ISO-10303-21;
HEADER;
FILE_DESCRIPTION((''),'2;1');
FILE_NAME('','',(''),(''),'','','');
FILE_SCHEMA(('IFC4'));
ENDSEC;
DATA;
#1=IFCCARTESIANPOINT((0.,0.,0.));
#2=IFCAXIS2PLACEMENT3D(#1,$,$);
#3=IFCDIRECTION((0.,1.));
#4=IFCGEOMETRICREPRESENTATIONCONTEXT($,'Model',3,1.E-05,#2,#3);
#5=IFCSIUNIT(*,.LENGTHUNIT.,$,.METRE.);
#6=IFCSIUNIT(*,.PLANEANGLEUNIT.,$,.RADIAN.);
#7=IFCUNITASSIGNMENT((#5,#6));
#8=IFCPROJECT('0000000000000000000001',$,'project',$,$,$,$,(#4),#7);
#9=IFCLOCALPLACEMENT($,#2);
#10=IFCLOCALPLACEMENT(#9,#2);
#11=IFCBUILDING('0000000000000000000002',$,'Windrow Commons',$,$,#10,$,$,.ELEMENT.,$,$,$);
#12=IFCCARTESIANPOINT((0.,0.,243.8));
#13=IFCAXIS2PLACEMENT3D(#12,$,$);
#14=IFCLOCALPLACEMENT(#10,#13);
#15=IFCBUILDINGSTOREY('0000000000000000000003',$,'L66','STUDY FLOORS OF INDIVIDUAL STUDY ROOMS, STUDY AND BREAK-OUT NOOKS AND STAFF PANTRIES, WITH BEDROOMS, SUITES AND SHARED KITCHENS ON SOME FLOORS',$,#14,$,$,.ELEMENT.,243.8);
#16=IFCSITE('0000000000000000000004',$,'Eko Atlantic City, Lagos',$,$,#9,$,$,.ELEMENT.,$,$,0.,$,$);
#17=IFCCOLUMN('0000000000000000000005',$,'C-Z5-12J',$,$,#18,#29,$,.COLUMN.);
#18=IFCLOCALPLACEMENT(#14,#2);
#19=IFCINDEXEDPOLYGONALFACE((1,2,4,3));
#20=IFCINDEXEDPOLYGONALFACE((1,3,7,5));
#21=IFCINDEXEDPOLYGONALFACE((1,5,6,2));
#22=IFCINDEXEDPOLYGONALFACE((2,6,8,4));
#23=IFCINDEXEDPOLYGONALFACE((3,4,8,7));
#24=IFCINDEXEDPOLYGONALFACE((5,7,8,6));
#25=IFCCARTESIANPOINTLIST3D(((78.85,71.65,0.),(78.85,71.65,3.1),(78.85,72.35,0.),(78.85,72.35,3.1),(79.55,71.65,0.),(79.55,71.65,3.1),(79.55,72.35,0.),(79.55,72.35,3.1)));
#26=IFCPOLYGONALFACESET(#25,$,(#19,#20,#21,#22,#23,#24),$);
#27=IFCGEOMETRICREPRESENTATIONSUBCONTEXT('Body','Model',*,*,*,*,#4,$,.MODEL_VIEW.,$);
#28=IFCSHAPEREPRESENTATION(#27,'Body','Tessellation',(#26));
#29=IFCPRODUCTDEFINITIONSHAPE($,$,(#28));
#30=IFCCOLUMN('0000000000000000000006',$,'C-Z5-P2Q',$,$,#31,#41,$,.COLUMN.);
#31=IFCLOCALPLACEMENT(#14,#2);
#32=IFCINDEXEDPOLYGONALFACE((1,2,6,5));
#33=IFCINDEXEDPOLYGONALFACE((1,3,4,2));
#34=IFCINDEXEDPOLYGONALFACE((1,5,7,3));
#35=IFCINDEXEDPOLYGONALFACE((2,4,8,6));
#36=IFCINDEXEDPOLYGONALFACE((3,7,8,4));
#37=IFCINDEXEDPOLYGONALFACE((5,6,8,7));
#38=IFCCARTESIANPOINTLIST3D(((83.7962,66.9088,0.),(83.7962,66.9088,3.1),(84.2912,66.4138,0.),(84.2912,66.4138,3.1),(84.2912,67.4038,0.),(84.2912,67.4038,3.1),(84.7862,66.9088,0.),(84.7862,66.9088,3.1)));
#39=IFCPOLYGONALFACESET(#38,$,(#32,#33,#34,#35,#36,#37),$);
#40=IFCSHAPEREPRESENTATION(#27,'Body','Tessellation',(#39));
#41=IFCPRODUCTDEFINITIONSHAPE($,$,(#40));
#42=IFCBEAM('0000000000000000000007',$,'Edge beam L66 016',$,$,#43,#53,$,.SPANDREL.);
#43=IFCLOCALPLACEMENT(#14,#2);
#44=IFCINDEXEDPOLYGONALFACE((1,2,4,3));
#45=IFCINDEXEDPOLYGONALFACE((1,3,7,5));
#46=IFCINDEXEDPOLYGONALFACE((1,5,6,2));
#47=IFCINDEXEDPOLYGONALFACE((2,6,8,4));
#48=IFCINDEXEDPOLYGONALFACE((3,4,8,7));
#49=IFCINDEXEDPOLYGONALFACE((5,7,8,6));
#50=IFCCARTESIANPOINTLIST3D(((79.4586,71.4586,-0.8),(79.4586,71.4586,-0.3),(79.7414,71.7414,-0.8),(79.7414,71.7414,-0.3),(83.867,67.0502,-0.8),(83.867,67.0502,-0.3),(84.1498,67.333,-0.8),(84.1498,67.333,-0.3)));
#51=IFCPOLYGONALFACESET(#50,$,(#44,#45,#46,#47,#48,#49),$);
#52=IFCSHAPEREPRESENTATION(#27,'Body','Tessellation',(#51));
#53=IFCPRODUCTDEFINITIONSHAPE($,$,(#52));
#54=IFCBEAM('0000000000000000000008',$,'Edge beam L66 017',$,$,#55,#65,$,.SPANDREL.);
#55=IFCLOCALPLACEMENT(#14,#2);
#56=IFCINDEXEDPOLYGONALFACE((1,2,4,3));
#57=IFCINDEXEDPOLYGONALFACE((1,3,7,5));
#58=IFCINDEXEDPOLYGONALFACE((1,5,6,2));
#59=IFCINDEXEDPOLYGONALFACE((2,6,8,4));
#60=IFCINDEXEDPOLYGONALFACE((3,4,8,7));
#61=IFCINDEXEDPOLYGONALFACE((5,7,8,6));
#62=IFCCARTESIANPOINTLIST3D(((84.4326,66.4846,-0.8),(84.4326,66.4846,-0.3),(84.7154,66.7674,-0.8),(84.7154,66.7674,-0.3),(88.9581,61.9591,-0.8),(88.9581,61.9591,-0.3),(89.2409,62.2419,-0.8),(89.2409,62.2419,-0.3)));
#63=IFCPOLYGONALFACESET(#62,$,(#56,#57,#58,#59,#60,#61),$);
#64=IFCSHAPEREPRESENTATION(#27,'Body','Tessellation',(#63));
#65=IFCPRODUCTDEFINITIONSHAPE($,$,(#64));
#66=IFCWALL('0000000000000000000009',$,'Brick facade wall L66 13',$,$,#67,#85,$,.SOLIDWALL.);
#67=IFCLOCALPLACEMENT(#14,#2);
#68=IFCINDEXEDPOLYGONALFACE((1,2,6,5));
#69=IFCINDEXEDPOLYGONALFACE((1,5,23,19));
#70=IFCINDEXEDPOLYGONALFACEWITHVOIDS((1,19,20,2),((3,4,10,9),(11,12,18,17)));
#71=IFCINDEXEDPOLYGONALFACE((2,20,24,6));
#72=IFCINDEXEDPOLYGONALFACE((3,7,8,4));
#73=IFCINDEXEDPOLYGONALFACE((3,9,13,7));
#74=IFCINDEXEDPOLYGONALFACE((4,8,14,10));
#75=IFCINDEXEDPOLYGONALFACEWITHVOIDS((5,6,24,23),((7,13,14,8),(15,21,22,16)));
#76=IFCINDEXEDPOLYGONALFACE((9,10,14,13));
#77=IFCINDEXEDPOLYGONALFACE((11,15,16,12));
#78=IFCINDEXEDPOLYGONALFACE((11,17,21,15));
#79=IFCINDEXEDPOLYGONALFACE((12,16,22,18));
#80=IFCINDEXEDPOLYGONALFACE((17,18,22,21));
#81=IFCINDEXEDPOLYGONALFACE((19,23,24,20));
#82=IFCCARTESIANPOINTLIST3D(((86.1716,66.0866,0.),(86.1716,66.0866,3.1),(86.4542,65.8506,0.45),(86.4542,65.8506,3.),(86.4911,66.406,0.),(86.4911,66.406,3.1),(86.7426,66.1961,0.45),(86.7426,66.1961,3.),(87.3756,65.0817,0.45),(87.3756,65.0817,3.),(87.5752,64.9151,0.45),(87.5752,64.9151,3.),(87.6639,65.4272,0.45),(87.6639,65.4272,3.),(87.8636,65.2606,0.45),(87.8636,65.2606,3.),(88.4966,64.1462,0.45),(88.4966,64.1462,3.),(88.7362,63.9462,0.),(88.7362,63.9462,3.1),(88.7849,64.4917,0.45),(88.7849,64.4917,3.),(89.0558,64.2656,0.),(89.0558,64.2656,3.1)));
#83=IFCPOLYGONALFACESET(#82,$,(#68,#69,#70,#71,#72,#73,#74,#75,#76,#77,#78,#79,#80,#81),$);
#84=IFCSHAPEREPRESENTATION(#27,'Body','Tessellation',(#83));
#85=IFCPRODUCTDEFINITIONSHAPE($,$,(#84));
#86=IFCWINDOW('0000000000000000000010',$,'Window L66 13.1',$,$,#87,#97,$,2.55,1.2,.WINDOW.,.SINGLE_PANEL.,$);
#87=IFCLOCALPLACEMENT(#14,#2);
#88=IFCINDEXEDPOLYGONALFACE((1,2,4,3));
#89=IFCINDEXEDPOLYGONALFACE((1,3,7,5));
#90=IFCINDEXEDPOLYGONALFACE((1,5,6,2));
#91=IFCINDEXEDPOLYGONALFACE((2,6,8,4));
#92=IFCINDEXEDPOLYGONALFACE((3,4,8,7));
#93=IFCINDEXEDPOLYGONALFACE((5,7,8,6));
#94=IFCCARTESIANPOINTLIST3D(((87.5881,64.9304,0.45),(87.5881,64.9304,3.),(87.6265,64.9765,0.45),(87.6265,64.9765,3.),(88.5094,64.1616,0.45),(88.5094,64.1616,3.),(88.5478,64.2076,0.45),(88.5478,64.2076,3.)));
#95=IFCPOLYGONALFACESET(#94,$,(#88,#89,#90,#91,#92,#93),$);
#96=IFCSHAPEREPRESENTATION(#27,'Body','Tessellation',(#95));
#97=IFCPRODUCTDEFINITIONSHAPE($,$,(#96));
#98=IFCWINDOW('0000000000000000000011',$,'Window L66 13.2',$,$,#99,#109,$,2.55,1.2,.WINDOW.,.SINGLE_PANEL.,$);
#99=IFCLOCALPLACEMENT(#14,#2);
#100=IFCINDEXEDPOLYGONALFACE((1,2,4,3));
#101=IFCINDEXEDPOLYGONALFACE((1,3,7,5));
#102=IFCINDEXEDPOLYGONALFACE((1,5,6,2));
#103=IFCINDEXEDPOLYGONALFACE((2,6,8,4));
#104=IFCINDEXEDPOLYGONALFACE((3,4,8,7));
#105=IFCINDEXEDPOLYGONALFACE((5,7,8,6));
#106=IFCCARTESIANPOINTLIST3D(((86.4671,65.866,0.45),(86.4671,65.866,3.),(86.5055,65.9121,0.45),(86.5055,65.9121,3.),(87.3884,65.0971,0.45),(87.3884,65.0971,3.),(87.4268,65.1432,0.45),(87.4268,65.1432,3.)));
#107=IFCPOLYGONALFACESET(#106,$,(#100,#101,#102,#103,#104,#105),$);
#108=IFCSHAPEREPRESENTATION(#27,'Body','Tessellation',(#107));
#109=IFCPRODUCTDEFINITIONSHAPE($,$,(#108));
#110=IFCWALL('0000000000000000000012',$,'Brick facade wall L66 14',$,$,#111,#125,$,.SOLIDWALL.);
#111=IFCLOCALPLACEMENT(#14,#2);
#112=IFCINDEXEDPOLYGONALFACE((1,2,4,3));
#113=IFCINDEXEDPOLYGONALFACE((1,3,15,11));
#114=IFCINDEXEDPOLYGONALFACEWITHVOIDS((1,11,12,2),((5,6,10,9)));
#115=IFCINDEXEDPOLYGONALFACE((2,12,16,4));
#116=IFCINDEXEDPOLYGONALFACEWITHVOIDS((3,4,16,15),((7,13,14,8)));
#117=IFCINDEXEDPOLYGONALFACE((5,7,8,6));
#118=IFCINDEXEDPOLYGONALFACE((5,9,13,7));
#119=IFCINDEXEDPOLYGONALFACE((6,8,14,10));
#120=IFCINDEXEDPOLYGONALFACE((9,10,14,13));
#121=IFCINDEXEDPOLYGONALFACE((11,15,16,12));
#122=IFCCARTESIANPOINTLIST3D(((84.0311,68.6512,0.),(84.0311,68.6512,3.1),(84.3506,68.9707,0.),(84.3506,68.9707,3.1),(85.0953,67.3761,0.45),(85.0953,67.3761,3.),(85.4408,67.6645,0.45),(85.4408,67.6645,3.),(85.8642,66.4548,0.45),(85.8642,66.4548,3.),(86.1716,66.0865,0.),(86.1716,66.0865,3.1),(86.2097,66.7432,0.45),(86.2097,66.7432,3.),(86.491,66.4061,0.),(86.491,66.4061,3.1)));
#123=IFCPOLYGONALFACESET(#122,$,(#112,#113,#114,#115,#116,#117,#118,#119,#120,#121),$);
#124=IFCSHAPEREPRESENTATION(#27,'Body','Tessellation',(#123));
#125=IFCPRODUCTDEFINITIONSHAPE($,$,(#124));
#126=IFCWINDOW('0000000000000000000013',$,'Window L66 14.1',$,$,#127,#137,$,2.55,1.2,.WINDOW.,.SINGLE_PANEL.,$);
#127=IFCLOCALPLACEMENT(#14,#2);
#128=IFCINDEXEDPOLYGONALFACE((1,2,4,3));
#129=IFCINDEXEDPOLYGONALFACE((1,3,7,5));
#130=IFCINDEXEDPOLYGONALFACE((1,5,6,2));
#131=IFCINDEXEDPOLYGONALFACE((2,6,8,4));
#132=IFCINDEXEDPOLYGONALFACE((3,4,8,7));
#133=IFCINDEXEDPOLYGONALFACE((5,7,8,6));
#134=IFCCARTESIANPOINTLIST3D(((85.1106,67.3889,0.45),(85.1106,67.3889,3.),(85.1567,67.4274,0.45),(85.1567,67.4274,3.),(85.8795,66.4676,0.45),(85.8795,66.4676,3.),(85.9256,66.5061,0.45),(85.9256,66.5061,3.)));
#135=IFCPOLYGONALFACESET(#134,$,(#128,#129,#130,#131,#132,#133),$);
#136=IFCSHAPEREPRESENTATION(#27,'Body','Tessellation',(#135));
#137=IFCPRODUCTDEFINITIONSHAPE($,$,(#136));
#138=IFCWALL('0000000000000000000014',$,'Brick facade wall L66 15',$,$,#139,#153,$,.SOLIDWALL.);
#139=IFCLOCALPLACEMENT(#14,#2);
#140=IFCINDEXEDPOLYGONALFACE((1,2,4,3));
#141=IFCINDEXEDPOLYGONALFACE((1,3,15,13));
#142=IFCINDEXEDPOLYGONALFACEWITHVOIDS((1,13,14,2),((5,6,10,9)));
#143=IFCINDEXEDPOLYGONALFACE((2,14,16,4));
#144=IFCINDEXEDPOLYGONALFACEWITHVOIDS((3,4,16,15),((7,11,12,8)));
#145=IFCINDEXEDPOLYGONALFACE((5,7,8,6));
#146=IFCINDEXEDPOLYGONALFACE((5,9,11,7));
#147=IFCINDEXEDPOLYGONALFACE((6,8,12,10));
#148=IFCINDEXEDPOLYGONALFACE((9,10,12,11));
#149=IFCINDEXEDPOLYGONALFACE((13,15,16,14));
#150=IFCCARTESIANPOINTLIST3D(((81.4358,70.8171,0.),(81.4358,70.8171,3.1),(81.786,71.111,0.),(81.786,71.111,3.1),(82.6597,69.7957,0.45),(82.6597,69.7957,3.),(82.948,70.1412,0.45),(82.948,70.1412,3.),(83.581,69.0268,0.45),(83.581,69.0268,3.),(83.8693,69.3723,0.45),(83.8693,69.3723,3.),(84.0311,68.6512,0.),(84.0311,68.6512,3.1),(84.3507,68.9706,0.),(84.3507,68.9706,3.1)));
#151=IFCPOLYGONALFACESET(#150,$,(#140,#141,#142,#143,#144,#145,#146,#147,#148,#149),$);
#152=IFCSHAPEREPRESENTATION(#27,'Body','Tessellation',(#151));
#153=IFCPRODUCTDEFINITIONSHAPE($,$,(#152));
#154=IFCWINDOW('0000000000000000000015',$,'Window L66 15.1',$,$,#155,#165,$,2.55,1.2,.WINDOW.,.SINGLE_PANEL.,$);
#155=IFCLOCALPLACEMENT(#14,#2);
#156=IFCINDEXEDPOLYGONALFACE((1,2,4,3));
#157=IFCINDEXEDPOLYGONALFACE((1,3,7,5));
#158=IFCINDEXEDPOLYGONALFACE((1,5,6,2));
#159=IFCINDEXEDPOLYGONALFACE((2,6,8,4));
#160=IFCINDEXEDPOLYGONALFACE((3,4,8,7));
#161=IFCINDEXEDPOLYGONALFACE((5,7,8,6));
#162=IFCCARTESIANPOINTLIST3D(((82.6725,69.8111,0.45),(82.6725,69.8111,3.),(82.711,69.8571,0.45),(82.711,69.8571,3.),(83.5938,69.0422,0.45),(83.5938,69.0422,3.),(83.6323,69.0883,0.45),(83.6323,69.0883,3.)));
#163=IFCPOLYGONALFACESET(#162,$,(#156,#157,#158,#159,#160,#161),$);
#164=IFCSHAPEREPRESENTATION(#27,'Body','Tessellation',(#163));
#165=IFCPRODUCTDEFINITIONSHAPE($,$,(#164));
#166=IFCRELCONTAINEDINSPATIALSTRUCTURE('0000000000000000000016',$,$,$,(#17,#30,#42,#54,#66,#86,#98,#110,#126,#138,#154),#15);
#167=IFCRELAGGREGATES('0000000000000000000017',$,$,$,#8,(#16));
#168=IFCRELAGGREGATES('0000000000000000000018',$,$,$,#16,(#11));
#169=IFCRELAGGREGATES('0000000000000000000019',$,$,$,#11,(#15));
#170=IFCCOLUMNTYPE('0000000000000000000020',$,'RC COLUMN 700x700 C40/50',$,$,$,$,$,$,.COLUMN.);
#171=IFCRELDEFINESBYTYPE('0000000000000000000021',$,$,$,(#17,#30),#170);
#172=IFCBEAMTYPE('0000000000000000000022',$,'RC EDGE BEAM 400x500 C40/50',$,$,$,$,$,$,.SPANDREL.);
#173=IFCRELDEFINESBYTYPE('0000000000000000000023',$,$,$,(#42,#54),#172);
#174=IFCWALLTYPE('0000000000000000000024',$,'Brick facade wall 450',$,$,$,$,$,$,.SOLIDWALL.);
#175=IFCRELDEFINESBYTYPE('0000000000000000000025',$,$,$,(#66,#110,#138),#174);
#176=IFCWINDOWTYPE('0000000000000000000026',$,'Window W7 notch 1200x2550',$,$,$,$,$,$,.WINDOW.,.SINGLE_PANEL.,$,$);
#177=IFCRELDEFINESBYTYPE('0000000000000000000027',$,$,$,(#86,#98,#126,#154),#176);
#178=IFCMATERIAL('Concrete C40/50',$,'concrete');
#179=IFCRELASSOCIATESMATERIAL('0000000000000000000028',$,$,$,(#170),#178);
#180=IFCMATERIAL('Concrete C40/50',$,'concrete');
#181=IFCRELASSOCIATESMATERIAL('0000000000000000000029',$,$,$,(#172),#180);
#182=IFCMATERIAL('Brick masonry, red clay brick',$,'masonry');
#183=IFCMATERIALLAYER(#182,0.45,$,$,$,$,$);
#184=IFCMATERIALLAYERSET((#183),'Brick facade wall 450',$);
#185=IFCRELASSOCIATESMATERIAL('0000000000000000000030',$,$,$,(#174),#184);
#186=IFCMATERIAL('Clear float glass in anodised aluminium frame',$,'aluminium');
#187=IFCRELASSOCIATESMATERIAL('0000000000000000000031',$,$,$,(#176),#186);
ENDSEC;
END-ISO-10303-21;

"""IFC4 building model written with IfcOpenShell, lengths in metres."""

from ifc_helpers import new_model, si_unit, direction, frame, frame_2d, origin, origin_2d, place, context, subcontext, project, spatial, polyline, rectangle, outline, extrude, material, layer, layer_set, material_profile, profile_set, type_object, element, fill, save


model = new_model("IFC4")

# Units and contexts
model_context = context("Model", 3, precision=1e-05, world=origin(), true_north=direction((0.0, 1.0)))
body_context = subcontext(model_context, "Body", "Model", "MODEL_VIEW")
ifc_project = project(units=[si_unit("LENGTHUNIT", "METRE"), si_unit("PLANEANGLEUNIT", "RADIAN")], contexts=[model_context])

# Site, building, storey
site_placement = place(None, origin())
site = spatial("IfcSite", under=ifc_project, at=site_placement, Name="Eko Atlantic City, Lagos", CompositionType="ELEMENT", RefElevation=0.0)
building_placement = place(site_placement, origin())
building = spatial("IfcBuilding", under=site, at=building_placement, Name="Windrow Commons", CompositionType="ELEMENT")
storey_placement = place(building_placement, frame((0.0, 0.0, 243.8)))
storey = spatial("IfcBuildingStorey", under=building, at=storey_placement, Name="L66", Description="STUDY FLOORS OF INDIVIDUAL STUDY ROOMS, STUDY AND BREAK-OUT NOOKS AND STAFF PANTRIES, WITH BEDROOMS, SUITES AND SHARED KITCHENS ON SOME FLOORS", CompositionType="ELEMENT", Elevation=243.8)

# Columns
ifc_material_1 = material(Name="Concrete C40/50", Category="concrete")
ifc_material_profile_1 = material_profile(ifc_material_1, rectangle(XDim=0.7, YDim=0.7, at=origin_2d()))
ifc_profile_set_1 = profile_set([ifc_material_profile_1], Name="Concrete C40/50")
column_type = type_object("IfcColumnType", Name="RC COLUMN 700x700 C40/50", PredefinedType="COLUMN", material=ifc_profile_set_1)
for number, where, z_axis, x_axis, name in (
    (1, (79.2, 72.0, 0.0), (0.0, 0.0, 1.0), (1.0, 0.0, 0.0), "C-Z5-12J"),
    (2, (84.2912, 66.9088, 0.0), (0.0, 0.0, 1.0), (0.707107, -0.707107, 0.0), "C-Z5-P2Q"),
):
    element("IfcColumn", number, at=place(storey_placement, frame(where, z_axis=z_axis, x_axis=x_axis)), inside=storey, type_object=column_type, Name=name, PredefinedType="COLUMN", context=body_context, shape_type="SweptSolid", body=[
        extrude(rectangle(XDim=0.7, YDim=0.7, at=origin_2d()), origin(), (0.0, 0.0, 1.0), 3.1),
    ])

# Beams
ifc_material_2 = material(Name="Concrete C40/50", Category="concrete")
ifc_material_profile_2 = material_profile(ifc_material_2, rectangle(XDim=0.4, YDim=0.5, at=origin_2d()))
ifc_profile_set_2 = profile_set([ifc_material_profile_2], Name="Concrete C40/50")
beam_type = type_object("IfcBeamType", Name="RC EDGE BEAM 400x500 C40/50", PredefinedType="SPANDREL", material=ifc_profile_set_2)
beam_1_placement = place(storey_placement, frame((79.6, 71.6, -0.55), z_axis=(0.707107, -0.707107, 0.0), x_axis=(0.707107, 0.707107, 0.0)))
element("IfcBeam", 3, at=beam_1_placement, inside=storey, type_object=beam_type, Name="Edge beam L66 016", PredefinedType="SPANDREL", context=body_context, shape_type="SweptSolid", body=[
    extrude(rectangle(XDim=0.4, YDim=0.5, at=origin_2d()), origin(), (0.0, 0.0, 1.0), 6.2344),
])
beam_2_placement = place(storey_placement, frame((84.574, 66.626, -0.55), z_axis=(0.707107, -0.707107, 0.0), x_axis=(0.707107, 0.707107, 0.0)))
element("IfcBeam", 4, at=beam_2_placement, inside=storey, type_object=beam_type, Name="Edge beam L66 017", PredefinedType="SPANDREL", context=body_context, shape_type="SweptSolid", body=[
    extrude(rectangle(XDim=0.4, YDim=0.5, at=origin_2d()), origin(), (0.0, 0.0, 1.0), 6.4),
])

# Wall, openings, windows
ifc_material_3 = material(Name="Brick masonry, red clay brick", Category="masonry")
ifc_layer_1 = layer(ifc_material_3, 0.45)
ifc_layer_set_1 = layer_set([ifc_layer_1], Name="Brick facade wall 450")
wall_type_1 = type_object("IfcWallType", Name="Brick facade wall 450", PredefinedType="SOLIDWALL", material=ifc_layer_set_1)
wall_1_placement = place(storey_placement, frame((88.896, 64.1059, 0.0), z_axis=(0.0, 0.0, 1.0), x_axis=(-0.767757, 0.640741, 0.0)))
wall_1 = element("IfcWall", 5, at=wall_1_placement, inside=storey, type_object=wall_type_1, Name="Brick facade wall L66 13", PredefinedType="SOLIDWALL", context=body_context, shape_type="SweptSolid", body=[
    extrude(outline(polyline([(-0.0203, -0.225), (3.3202, -0.225), (3.3608, 0.225), (0.0203, 0.225), (-0.0203, -0.225)])), origin(), (0.0, 0.0, 1.0), 3.1),
])
opening_1_placement = place(wall_1_placement, frame((0.3325, 0.0, 0.45)))
opening_1 = element("IfcOpeningElement", 6, at=opening_1_placement, cuts=wall_1, PredefinedType="OPENING", context=body_context, shape_type="SweptSolid", body=[
    extrude(rectangle(XDim=1.2, YDim=2.55, at=frame_2d((0.6, 1.275))), frame((0.0, 0.235, 0.0), z_axis=(0.0, -1.0, 0.0), x_axis=(1.0, 0.0, 0.0)), (0.0, 0.0, 1.0), 0.47),
])
opening_2_placement = place(wall_1_placement, frame((1.7926, 0.0, 0.45)))
opening_2 = element("IfcOpeningElement", 7, at=opening_2_placement, cuts=wall_1, PredefinedType="OPENING", context=body_context, shape_type="SweptSolid", body=[
    extrude(rectangle(XDim=1.2, YDim=2.55, at=frame_2d((0.6, 1.275))), frame((0.0, 0.235, 0.0), z_axis=(0.0, -1.0, 0.0), x_axis=(1.0, 0.0, 0.0)), (0.0, 0.0, 1.0), 0.47),
])
ifc_material_4 = material(Name="Clear float glass in anodised aluminium frame", Category="aluminium")
window_type = type_object("IfcWindowType", Name="Window W7 notch 1200x2550", PartitioningType="SINGLE_PANEL", PredefinedType="WINDOW", material=ifc_material_4)
window_1_placement = place(opening_1_placement, origin())
window_1 = element("IfcWindow", 8, at=window_1_placement, inside=storey, type_object=window_type, Name="Window L66 13.1", OverallHeight=2.55, OverallWidth=1.2, PartitioningType="SINGLE_PANEL", PredefinedType="WINDOW", context=body_context, shape_type="SweptSolid", body=[
    extrude(rectangle(XDim=1.2, YDim=2.55, at=frame_2d((0.6, 1.275))), frame((0.0, 0.205, 0.0), z_axis=(0.0, -1.0, 0.0), x_axis=(1.0, 0.0, 0.0)), (0.0, 0.0, 1.0), 0.06),
])
fill(opening_1, window_1)
window_2_placement = place(opening_2_placement, origin())
window_2 = element("IfcWindow", 9, at=window_2_placement, inside=storey, type_object=window_type, Name="Window L66 13.2", OverallHeight=2.55, OverallWidth=1.2, PartitioningType="SINGLE_PANEL", PredefinedType="WINDOW", context=body_context, shape_type="SweptSolid", body=[
    extrude(rectangle(XDim=1.2, YDim=2.55, at=frame_2d((0.6, 1.275))), frame((0.0, 0.205, 0.0), z_axis=(0.0, -1.0, 0.0), x_axis=(1.0, 0.0, 0.0)), (0.0, 0.0, 1.0), 0.06),
])
fill(opening_2, window_2)

# Walls, openings, windows
wall_2_placement = place(storey_placement, frame((86.3313, 66.2463, 0.0), z_axis=(0.0, 0.0, 1.0), x_axis=(-0.640755, 0.767745, 0.0)))
wall_2 = element("IfcWall", 10, at=wall_2_placement, inside=storey, type_object=wall_type_1, Name="Brick facade wall L66 14", PredefinedType="SOLIDWALL", context=body_context, shape_type="SweptSolid", body=[
    extrude(outline(polyline([(0.0203, -0.225), (3.3608, -0.225), (3.3202, 0.225), (-0.0203, 0.225), (0.0203, -0.225)])), origin(), (0.0, 0.0, 1.0), 3.1),
])
opening_3_placement = place(wall_2_placement, frame((0.4594, 0.0, 0.45)))
opening_3 = element("IfcOpeningElement", 11, at=opening_3_placement, cuts=wall_2, PredefinedType="OPENING", context=body_context, shape_type="SweptSolid", body=[
    extrude(rectangle(XDim=1.2, YDim=2.55, at=frame_2d((0.6, 1.275))), frame((0.0, 0.235, 0.0), z_axis=(0.0, -1.0, 0.0), x_axis=(1.0, 0.0, 0.0)), (0.0, 0.0, 1.0), 0.47),
])
window_3_placement = place(opening_3_placement, origin())
window_3 = element("IfcWindow", 12, at=window_3_placement, inside=storey, type_object=window_type, Name="Window L66 14.1", OverallHeight=2.55, OverallWidth=1.2, PartitioningType="SINGLE_PANEL", PredefinedType="WINDOW", context=body_context, shape_type="SweptSolid", body=[
    extrude(rectangle(XDim=1.2, YDim=2.55, at=frame_2d((0.6, 1.275))), frame((0.0, 0.205, 0.0), z_axis=(0.0, -1.0, 0.0), x_axis=(1.0, 0.0, 0.0)), (0.0, 0.0, 1.0), 0.06),
])
fill(opening_3, window_3)
wall_3_placement = place(storey_placement, frame((84.1909, 68.8109, 0.0), z_axis=(0.0, 0.0, 1.0), x_axis=(-0.767753, 0.640746, 0.0)))
wall_3 = element("IfcWall", 13, at=wall_3_placement, inside=storey, type_object=wall_type_1, Name="Brick facade wall L66 15", PredefinedType="SOLIDWALL", context=body_context, shape_type="SweptSolid", body=[
    extrude(outline(polyline([(-0.0203, -0.225), (3.3202, -0.225), (3.4007, 0.225), (0.0203, 0.225), (-0.0203, -0.225)])), origin(), (0.0, 0.0, 1.0), 3.1),
])
opening_4_placement = place(wall_3_placement, frame((0.6066, 0.0, 0.45)))
opening_4 = element("IfcOpeningElement", 14, at=opening_4_placement, cuts=wall_3, PredefinedType="OPENING", context=body_context, shape_type="SweptSolid", body=[
    extrude(rectangle(XDim=1.2, YDim=2.55, at=frame_2d((0.6, 1.275))), frame((0.0, 0.235, 0.0), z_axis=(0.0, -1.0, 0.0), x_axis=(1.0, 0.0, 0.0)), (0.0, 0.0, 1.0), 0.47),
])
window_4_placement = place(opening_4_placement, origin())
window_4 = element("IfcWindow", 15, at=window_4_placement, inside=storey, type_object=window_type, Name="Window L66 15.1", OverallHeight=2.55, OverallWidth=1.2, PartitioningType="SINGLE_PANEL", PredefinedType="WINDOW", context=body_context, shape_type="SweptSolid", body=[
    extrude(rectangle(XDim=1.2, YDim=2.55, at=frame_2d((0.6, 1.275))), frame((0.0, 0.205, 0.0), z_axis=(0.0, -1.0, 0.0), x_axis=(1.0, 0.0, 0.0)), (0.0, 0.0, 1.0), 0.06),
])
fill(opening_4, window_4)

save(model, "model.ifc")
